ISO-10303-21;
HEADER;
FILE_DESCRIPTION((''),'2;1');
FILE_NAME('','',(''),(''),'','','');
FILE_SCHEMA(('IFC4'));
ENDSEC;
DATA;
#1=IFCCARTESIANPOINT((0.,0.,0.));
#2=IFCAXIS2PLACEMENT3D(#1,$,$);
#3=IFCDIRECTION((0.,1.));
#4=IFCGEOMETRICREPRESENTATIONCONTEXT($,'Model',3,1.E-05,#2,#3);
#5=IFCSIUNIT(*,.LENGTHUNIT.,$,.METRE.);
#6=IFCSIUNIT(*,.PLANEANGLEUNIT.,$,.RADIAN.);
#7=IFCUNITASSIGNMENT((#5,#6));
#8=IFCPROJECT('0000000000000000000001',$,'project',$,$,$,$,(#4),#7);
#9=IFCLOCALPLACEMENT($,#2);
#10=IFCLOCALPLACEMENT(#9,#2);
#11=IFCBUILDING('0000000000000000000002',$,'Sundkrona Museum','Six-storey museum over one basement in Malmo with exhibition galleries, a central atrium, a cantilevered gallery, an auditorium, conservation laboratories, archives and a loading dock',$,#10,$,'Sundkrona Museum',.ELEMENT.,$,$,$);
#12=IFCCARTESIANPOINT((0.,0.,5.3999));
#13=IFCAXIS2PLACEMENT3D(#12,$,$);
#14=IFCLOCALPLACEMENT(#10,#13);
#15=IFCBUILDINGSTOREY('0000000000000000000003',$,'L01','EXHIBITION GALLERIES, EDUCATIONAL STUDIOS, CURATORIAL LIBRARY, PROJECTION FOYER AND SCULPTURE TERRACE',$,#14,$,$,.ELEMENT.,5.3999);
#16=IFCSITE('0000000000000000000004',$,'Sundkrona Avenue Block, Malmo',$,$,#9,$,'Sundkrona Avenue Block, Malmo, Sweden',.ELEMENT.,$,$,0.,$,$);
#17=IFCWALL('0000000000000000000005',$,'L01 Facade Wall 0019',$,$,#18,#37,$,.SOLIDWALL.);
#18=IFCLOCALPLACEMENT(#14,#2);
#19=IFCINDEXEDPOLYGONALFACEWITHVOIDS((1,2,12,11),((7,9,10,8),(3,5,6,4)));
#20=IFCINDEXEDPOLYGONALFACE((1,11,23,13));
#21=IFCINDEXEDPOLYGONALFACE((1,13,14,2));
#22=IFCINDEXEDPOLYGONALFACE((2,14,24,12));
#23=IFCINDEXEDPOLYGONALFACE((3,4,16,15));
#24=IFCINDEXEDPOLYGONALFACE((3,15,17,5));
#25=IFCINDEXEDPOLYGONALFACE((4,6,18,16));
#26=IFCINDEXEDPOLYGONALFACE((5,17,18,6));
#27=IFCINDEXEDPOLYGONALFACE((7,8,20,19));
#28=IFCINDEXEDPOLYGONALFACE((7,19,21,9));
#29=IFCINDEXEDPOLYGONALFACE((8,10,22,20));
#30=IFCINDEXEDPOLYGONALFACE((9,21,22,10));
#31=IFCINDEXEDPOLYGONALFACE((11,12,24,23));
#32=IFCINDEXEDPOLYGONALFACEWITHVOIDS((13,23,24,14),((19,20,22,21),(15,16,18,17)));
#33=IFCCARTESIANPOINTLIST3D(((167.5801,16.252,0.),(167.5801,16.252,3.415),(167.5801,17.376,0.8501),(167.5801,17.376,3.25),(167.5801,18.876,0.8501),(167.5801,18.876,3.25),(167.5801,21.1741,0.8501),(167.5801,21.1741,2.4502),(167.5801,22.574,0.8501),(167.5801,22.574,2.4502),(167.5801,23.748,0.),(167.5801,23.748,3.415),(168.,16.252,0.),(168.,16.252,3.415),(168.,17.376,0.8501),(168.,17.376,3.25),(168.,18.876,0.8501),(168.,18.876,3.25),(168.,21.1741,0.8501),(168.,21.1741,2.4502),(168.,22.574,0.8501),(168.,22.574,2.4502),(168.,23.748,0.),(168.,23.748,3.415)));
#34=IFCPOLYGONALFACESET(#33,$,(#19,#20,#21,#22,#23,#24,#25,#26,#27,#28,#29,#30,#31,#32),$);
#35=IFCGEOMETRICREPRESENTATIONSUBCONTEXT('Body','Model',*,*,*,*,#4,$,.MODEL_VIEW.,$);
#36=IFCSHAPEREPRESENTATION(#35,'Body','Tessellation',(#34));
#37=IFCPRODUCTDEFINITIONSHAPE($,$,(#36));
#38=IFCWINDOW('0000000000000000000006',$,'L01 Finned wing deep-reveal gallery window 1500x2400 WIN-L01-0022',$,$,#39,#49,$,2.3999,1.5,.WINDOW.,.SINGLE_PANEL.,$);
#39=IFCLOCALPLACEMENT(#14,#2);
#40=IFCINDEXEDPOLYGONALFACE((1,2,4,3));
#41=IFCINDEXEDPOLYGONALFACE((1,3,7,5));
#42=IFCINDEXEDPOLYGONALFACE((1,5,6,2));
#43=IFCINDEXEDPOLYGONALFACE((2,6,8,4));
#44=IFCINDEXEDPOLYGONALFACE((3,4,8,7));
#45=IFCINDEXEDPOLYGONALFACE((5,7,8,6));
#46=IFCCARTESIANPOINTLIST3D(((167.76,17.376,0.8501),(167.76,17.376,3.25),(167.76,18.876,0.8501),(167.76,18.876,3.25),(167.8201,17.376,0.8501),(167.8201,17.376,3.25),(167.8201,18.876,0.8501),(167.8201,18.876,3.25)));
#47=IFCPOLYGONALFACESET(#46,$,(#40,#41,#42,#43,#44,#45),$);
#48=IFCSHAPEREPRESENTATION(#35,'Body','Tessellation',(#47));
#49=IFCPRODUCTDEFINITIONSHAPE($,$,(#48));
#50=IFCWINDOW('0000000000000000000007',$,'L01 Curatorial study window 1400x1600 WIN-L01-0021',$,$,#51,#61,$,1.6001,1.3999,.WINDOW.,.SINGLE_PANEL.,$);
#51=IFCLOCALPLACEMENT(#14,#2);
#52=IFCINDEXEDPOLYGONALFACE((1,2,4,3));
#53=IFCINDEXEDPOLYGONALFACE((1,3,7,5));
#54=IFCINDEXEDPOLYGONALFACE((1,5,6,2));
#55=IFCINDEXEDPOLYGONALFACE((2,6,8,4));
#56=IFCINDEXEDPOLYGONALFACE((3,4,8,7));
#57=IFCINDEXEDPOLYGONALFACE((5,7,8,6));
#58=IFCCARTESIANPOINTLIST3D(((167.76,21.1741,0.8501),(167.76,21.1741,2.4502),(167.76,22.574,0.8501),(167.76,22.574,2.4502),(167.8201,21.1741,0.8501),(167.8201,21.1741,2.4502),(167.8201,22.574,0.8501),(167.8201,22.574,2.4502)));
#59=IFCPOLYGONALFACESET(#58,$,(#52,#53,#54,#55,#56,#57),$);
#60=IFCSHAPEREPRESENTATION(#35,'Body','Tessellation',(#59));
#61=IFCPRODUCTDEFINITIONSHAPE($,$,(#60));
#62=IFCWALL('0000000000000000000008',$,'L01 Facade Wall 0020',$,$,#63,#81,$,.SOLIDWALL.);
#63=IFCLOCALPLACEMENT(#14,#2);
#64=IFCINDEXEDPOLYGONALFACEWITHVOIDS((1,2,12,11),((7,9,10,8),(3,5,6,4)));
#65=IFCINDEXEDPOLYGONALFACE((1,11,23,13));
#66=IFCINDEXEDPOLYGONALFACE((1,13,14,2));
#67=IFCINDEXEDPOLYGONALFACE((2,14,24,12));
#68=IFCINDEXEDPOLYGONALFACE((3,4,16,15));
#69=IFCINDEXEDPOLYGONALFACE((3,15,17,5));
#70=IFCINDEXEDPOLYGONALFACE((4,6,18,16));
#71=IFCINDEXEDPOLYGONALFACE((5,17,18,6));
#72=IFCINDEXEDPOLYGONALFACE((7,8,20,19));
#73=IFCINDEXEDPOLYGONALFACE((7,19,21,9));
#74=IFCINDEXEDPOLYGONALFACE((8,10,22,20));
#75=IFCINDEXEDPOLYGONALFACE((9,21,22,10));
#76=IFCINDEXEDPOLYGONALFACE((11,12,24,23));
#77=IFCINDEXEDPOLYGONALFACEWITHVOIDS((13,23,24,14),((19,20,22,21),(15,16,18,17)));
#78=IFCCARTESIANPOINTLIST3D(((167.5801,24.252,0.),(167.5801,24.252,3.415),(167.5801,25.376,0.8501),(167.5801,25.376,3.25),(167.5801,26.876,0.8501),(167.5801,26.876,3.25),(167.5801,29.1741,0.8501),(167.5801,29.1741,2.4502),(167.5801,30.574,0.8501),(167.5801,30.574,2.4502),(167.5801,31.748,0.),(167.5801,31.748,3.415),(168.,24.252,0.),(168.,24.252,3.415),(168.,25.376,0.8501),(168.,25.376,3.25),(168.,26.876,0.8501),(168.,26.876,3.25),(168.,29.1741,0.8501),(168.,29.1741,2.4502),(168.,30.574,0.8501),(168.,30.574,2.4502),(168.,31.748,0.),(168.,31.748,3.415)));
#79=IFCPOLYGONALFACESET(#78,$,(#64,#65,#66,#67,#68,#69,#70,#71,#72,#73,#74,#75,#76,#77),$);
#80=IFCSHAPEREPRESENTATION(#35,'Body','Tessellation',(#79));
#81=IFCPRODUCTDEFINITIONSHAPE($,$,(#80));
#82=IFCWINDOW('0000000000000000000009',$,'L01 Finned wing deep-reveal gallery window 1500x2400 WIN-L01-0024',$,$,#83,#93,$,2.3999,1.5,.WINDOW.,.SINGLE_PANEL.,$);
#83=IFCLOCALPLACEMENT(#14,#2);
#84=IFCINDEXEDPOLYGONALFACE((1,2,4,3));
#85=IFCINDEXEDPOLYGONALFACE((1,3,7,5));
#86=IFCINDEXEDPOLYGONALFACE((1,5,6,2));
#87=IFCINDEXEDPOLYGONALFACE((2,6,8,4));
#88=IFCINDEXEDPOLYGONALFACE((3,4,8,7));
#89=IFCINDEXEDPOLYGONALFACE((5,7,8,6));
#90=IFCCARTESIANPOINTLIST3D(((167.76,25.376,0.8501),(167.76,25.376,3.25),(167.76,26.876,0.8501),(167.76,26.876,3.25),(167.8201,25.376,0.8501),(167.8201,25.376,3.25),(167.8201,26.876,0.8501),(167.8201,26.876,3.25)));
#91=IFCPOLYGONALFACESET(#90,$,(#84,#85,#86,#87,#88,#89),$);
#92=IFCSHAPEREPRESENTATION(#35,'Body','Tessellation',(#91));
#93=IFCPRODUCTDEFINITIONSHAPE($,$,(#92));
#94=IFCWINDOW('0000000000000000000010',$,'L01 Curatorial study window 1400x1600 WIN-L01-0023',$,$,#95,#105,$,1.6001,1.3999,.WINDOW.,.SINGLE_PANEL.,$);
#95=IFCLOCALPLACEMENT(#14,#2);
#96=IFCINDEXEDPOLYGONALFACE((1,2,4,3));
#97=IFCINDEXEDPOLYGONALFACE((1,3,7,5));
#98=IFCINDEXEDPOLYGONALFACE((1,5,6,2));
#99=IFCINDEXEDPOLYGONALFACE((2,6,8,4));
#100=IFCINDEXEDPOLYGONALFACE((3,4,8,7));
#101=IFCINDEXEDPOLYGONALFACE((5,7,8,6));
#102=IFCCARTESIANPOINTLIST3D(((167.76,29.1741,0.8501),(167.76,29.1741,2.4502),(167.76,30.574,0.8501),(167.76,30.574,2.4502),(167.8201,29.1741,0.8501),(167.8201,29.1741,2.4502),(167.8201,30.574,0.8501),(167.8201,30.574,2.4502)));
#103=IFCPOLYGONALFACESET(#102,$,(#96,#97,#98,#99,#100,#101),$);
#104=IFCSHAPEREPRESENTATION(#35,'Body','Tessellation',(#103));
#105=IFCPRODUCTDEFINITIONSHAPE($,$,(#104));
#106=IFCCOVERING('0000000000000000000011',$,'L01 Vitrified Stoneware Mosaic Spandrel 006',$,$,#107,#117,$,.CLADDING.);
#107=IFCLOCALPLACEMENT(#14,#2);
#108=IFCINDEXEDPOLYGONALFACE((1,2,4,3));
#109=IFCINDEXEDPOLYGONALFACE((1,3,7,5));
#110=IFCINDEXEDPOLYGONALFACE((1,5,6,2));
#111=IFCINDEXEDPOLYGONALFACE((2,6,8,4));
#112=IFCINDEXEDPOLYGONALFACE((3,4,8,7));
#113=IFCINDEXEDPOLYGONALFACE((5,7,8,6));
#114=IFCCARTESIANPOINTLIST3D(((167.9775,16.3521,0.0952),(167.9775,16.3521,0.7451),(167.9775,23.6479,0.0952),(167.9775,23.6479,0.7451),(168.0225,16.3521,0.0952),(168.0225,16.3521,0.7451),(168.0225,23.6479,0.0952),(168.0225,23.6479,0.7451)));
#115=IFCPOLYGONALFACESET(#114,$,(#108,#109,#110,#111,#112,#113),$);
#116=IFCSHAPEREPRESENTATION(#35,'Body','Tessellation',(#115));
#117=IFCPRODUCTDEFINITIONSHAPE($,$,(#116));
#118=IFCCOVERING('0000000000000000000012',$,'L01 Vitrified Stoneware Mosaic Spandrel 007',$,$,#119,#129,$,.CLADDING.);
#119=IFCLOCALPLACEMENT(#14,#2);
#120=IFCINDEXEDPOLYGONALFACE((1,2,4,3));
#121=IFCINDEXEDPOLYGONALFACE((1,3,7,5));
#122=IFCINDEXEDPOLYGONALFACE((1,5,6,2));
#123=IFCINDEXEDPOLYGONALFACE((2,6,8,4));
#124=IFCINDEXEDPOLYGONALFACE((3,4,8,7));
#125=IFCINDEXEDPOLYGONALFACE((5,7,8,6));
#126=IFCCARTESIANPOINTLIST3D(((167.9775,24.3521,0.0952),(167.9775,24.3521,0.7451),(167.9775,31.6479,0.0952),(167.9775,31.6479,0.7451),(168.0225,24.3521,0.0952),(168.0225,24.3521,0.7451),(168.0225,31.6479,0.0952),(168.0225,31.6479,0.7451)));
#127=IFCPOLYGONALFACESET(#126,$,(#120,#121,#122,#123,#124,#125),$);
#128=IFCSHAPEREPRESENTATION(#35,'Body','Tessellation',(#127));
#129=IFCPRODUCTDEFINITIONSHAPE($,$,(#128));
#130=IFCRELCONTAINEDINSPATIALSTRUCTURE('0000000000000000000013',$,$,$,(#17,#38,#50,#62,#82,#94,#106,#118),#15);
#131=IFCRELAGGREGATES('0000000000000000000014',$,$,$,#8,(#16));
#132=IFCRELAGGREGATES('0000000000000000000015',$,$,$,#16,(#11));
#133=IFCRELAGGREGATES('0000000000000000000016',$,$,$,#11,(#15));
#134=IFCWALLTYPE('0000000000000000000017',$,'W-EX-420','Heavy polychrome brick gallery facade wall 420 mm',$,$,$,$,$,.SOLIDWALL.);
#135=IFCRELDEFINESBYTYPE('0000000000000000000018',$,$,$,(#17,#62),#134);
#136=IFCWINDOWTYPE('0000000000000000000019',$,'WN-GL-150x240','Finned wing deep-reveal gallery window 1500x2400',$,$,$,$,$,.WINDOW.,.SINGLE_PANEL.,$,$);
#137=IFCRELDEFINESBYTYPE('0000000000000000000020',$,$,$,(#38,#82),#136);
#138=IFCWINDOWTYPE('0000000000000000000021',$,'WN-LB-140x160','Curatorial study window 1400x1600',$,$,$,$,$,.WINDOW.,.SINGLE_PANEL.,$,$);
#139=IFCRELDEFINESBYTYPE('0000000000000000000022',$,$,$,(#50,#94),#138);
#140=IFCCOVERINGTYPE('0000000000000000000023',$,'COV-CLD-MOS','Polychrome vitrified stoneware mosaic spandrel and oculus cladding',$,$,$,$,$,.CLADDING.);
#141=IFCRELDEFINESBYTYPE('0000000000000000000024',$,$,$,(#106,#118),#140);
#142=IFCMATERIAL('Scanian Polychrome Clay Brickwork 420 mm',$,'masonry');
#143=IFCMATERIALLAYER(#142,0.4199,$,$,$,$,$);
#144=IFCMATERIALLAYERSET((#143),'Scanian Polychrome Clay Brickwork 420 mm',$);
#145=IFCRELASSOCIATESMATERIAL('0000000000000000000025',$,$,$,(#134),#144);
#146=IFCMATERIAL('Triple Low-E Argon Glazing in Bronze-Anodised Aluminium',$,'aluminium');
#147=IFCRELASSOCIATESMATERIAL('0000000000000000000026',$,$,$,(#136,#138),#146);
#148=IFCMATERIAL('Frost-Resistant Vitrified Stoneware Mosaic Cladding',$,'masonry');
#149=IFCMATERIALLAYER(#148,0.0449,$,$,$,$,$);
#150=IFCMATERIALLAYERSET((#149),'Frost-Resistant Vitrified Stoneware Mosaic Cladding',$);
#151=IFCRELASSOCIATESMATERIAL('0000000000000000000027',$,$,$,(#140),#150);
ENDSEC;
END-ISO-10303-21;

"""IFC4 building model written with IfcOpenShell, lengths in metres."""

from ifc_helpers import new_model, si_unit, direction, frame, frame_2d, origin, origin_2d, place, context, subcontext, project, spatial, rectangle, extrude, material, layer, layer_set, type_object, element, fill, save


model = new_model("IFC4")

# Units and contexts
model_context = context("Model", 3, precision=1e-05, world=origin(), true_north=direction((0.0, 1.0)))
body_context = subcontext(model_context, "Body", "Model", "MODEL_VIEW")
ifc_project = project(units=[si_unit("LENGTHUNIT", "METRE"), si_unit("PLANEANGLEUNIT", "RADIAN")], contexts=[model_context])

# Site, building, storey
site_placement = place(None, origin())
site = spatial("IfcSite", under=ifc_project, at=site_placement, Name="Sundkrona Avenue Block, Malmo", LongName="Sundkrona Avenue Block, Malmo, Sweden", CompositionType="ELEMENT", RefElevation=0.0)
building_placement = place(site_placement, origin())
building = spatial("IfcBuilding", under=site, at=building_placement, Name="Sundkrona Museum", Description="Six-storey museum over one basement in Malmo with exhibition galleries, a central atrium, a cantilevered gallery, an auditorium, conservation laboratories, archives and a loading dock", LongName="Sundkrona Museum", CompositionType="ELEMENT")
storey_placement = place(building_placement, frame((0.0, 0.0, 5.3999)))
storey = spatial("IfcBuildingStorey", under=building, at=storey_placement, Name="L01", Description="EXHIBITION GALLERIES, EDUCATIONAL STUDIOS, CURATORIAL LIBRARY, PROJECTION FOYER AND SCULPTURE TERRACE", CompositionType="ELEMENT", Elevation=5.3999)

# Walls, openings, windows
ifc_material_1 = material(Name="Scanian Polychrome Clay Brickwork 420 mm", Category="masonry")
ifc_layer_1 = layer(ifc_material_1, 0.4199)
ifc_layer_set_1 = layer_set([ifc_layer_1], Name="Scanian Polychrome Clay Brickwork 420 mm")
wall_type = type_object("IfcWallType", Name="W-EX-420", Description="Heavy polychrome brick gallery facade wall 420 mm", PredefinedType="SOLIDWALL", material=ifc_layer_set_1)
wall_1_placement = place(storey_placement, frame((167.79, 23.748, 0.0), z_axis=(0.0, 0.0, 1.0), x_axis=(0.0, -1.0, 0.0)))
wall_1 = element("IfcWall", 1, at=wall_1_placement, inside=storey, type_object=wall_type, Name="L01 Facade Wall 0019", PredefinedType="SOLIDWALL", context=body_context, shape_type="SweptSolid", body=[
    extrude(rectangle(XDim=7.4961, YDim=0.4199, at=frame_2d((3.748, 0.0))), origin(), (0.0, 0.0, 1.0), 3.415),
])
opening_1_placement = place(wall_1_placement, frame((1.1741, 0.0, 0.8501)))
opening_1 = element("IfcOpeningElement", 2, at=opening_1_placement, cuts=wall_1, PredefinedType="OPENING", context=body_context, shape_type="SweptSolid", body=[
    extrude(rectangle(XDim=1.3999, YDim=1.6001, at=frame_2d((0.7, 0.8))), frame((0.0, 0.22, 0.0), z_axis=(0.0, -1.0, 0.0), x_axis=(1.0, 0.0, 0.0)), (0.0, 0.0, 1.0), 0.4399),
])
opening_2_placement = place(wall_1_placement, frame((4.8721, 0.0, 0.8501)))
opening_2 = element("IfcOpeningElement", 3, at=opening_2_placement, cuts=wall_1, PredefinedType="OPENING", context=body_context, shape_type="SweptSolid", body=[
    extrude(rectangle(XDim=1.5, YDim=2.3999, at=frame_2d((0.75, 1.2))), frame((0.0, 0.22, 0.0), z_axis=(0.0, -1.0, 0.0), x_axis=(1.0, 0.0, 0.0)), (0.0, 0.0, 1.0), 0.4399),
])
ifc_material_2 = material(Name="Triple Low-E Argon Glazing in Bronze-Anodised Aluminium", Category="aluminium")
window_type_1 = type_object("IfcWindowType", Name="WN-GL-150x240", Description="Finned wing deep-reveal gallery window 1500x2400", PartitioningType="SINGLE_PANEL", PredefinedType="WINDOW", material=ifc_material_2)
window_1_placement = place(opening_2_placement, origin())
window_1 = element("IfcWindow", 4, at=window_1_placement, inside=storey, type_object=window_type_1, Name="L01 Finned wing deep-reveal gallery window 1500x2400 WIN-L01-0022", OverallHeight=2.3999, OverallWidth=1.5, PartitioningType="SINGLE_PANEL", PredefinedType="WINDOW", context=body_context, shape_type="SweptSolid", body=[
    extrude(rectangle(XDim=1.5, YDim=2.3999, at=frame_2d((0.75, 1.2))), frame((0.0, 0.03, 0.0), z_axis=(0.0, -1.0, 0.0), x_axis=(1.0, 0.0, 0.0)), (0.0, 0.0, 1.0), 0.0601),
])
fill(opening_2, window_1)
window_type_2 = type_object("IfcWindowType", Name="WN-LB-140x160", Description="Curatorial study window 1400x1600", PartitioningType="SINGLE_PANEL", PredefinedType="WINDOW", material=ifc_material_2)
window_2_placement = place(opening_1_placement, origin())
window_2 = element("IfcWindow", 5, at=window_2_placement, inside=storey, type_object=window_type_2, Name="L01 Curatorial study window 1400x1600 WIN-L01-0021", OverallHeight=1.6001, OverallWidth=1.3999, PartitioningType="SINGLE_PANEL", PredefinedType="WINDOW", context=body_context, shape_type="SweptSolid", body=[
    extrude(rectangle(XDim=1.3999, YDim=1.6001, at=frame_2d((0.7, 0.8))), frame((0.0, 0.03, 0.0), z_axis=(0.0, -1.0, 0.0), x_axis=(1.0, 0.0, 0.0)), (0.0, 0.0, 1.0), 0.0601),
])
fill(opening_1, window_2)
wall_2_placement = place(storey_placement, frame((167.79, 31.748, 0.0), z_axis=(0.0, 0.0, 1.0), x_axis=(0.0, -1.0, 0.0)))
wall_2 = element("IfcWall", 6, at=wall_2_placement, inside=storey, type_object=wall_type, Name="L01 Facade Wall 0020", PredefinedType="SOLIDWALL", context=body_context, shape_type="SweptSolid", body=[
    extrude(rectangle(XDim=7.4961, YDim=0.4199, at=frame_2d((3.748, 0.0))), origin(), (0.0, 0.0, 1.0), 3.415),
])
opening_3_placement = place(wall_2_placement, frame((1.1741, 0.0, 0.8501)))
opening_3 = element("IfcOpeningElement", 7, at=opening_3_placement, cuts=wall_2, PredefinedType="OPENING", context=body_context, shape_type="SweptSolid", body=[
    extrude(rectangle(XDim=1.3999, YDim=1.6001, at=frame_2d((0.7, 0.8))), frame((0.0, 0.22, 0.0), z_axis=(0.0, -1.0, 0.0), x_axis=(1.0, 0.0, 0.0)), (0.0, 0.0, 1.0), 0.4399),
])
opening_4_placement = place(wall_2_placement, frame((4.8721, 0.0, 0.8501)))
opening_4 = element("IfcOpeningElement", 8, at=opening_4_placement, cuts=wall_2, PredefinedType="OPENING", context=body_context, shape_type="SweptSolid", body=[
    extrude(rectangle(XDim=1.5, YDim=2.3999, at=frame_2d((0.75, 1.2))), frame((0.0, 0.22, 0.0), z_axis=(0.0, -1.0, 0.0), x_axis=(1.0, 0.0, 0.0)), (0.0, 0.0, 1.0), 0.4399),
])
window_3_placement = place(opening_4_placement, origin())
window_3 = element("IfcWindow", 9, at=window_3_placement, inside=storey, type_object=window_type_1, Name="L01 Finned wing deep-reveal gallery window 1500x2400 WIN-L01-0024", OverallHeight=2.3999, OverallWidth=1.5, PartitioningType="SINGLE_PANEL", PredefinedType="WINDOW", context=body_context, shape_type="SweptSolid", body=[
    extrude(rectangle(XDim=1.5, YDim=2.3999, at=frame_2d((0.75, 1.2))), frame((0.0, 0.03, 0.0), z_axis=(0.0, -1.0, 0.0), x_axis=(1.0, 0.0, 0.0)), (0.0, 0.0, 1.0), 0.0601),
])
fill(opening_4, window_3)
window_4_placement = place(opening_3_placement, origin())
window_4 = element("IfcWindow", 10, at=window_4_placement, inside=storey, type_object=window_type_2, Name="L01 Curatorial study window 1400x1600 WIN-L01-0023", OverallHeight=1.6001, OverallWidth=1.3999, PartitioningType="SINGLE_PANEL", PredefinedType="WINDOW", context=body_context, shape_type="SweptSolid", body=[
    extrude(rectangle(XDim=1.3999, YDim=1.6001, at=frame_2d((0.7, 0.8))), frame((0.0, 0.03, 0.0), z_axis=(0.0, -1.0, 0.0), x_axis=(1.0, 0.0, 0.0)), (0.0, 0.0, 1.0), 0.0601),
])
fill(opening_3, window_4)

# Coverings
ifc_material_3 = material(Name="Frost-Resistant Vitrified Stoneware Mosaic Cladding", Category="masonry")
ifc_layer_2 = layer(ifc_material_3, 0.0449)
ifc_layer_set_2 = layer_set([ifc_layer_2], Name="Frost-Resistant Vitrified Stoneware Mosaic Cladding")
covering_type = type_object("IfcCoveringType", Name="COV-CLD-MOS", Description="Polychrome vitrified stoneware mosaic spandrel and oculus cladding", PredefinedType="CLADDING", material=ifc_layer_set_2)
for number, where, z_axis, x_axis, name in (
    (11, (168.0, 20.0, 0.0952), (0.0, 0.0, 1.0), (0.0, 1.0, 0.0), "L01 Vitrified Stoneware Mosaic Spandrel 006"),
    (12, (168.0, 28.0, 0.0952), (0.0, 0.0, 1.0), (0.0, 1.0, 0.0), "L01 Vitrified Stoneware Mosaic Spandrel 007"),
):
    element("IfcCovering", number, at=place(storey_placement, frame(where, z_axis=z_axis, x_axis=x_axis)), inside=storey, type_object=covering_type, Name=name, PredefinedType="CLADDING", context=body_context, shape_type="SweptSolid", body=[
        extrude(rectangle(XDim=7.2959, YDim=0.0449, at=origin_2d()), origin(), (0.0, 0.0, 1.0), 0.6499),
    ])

save(model, "model.ifc")
